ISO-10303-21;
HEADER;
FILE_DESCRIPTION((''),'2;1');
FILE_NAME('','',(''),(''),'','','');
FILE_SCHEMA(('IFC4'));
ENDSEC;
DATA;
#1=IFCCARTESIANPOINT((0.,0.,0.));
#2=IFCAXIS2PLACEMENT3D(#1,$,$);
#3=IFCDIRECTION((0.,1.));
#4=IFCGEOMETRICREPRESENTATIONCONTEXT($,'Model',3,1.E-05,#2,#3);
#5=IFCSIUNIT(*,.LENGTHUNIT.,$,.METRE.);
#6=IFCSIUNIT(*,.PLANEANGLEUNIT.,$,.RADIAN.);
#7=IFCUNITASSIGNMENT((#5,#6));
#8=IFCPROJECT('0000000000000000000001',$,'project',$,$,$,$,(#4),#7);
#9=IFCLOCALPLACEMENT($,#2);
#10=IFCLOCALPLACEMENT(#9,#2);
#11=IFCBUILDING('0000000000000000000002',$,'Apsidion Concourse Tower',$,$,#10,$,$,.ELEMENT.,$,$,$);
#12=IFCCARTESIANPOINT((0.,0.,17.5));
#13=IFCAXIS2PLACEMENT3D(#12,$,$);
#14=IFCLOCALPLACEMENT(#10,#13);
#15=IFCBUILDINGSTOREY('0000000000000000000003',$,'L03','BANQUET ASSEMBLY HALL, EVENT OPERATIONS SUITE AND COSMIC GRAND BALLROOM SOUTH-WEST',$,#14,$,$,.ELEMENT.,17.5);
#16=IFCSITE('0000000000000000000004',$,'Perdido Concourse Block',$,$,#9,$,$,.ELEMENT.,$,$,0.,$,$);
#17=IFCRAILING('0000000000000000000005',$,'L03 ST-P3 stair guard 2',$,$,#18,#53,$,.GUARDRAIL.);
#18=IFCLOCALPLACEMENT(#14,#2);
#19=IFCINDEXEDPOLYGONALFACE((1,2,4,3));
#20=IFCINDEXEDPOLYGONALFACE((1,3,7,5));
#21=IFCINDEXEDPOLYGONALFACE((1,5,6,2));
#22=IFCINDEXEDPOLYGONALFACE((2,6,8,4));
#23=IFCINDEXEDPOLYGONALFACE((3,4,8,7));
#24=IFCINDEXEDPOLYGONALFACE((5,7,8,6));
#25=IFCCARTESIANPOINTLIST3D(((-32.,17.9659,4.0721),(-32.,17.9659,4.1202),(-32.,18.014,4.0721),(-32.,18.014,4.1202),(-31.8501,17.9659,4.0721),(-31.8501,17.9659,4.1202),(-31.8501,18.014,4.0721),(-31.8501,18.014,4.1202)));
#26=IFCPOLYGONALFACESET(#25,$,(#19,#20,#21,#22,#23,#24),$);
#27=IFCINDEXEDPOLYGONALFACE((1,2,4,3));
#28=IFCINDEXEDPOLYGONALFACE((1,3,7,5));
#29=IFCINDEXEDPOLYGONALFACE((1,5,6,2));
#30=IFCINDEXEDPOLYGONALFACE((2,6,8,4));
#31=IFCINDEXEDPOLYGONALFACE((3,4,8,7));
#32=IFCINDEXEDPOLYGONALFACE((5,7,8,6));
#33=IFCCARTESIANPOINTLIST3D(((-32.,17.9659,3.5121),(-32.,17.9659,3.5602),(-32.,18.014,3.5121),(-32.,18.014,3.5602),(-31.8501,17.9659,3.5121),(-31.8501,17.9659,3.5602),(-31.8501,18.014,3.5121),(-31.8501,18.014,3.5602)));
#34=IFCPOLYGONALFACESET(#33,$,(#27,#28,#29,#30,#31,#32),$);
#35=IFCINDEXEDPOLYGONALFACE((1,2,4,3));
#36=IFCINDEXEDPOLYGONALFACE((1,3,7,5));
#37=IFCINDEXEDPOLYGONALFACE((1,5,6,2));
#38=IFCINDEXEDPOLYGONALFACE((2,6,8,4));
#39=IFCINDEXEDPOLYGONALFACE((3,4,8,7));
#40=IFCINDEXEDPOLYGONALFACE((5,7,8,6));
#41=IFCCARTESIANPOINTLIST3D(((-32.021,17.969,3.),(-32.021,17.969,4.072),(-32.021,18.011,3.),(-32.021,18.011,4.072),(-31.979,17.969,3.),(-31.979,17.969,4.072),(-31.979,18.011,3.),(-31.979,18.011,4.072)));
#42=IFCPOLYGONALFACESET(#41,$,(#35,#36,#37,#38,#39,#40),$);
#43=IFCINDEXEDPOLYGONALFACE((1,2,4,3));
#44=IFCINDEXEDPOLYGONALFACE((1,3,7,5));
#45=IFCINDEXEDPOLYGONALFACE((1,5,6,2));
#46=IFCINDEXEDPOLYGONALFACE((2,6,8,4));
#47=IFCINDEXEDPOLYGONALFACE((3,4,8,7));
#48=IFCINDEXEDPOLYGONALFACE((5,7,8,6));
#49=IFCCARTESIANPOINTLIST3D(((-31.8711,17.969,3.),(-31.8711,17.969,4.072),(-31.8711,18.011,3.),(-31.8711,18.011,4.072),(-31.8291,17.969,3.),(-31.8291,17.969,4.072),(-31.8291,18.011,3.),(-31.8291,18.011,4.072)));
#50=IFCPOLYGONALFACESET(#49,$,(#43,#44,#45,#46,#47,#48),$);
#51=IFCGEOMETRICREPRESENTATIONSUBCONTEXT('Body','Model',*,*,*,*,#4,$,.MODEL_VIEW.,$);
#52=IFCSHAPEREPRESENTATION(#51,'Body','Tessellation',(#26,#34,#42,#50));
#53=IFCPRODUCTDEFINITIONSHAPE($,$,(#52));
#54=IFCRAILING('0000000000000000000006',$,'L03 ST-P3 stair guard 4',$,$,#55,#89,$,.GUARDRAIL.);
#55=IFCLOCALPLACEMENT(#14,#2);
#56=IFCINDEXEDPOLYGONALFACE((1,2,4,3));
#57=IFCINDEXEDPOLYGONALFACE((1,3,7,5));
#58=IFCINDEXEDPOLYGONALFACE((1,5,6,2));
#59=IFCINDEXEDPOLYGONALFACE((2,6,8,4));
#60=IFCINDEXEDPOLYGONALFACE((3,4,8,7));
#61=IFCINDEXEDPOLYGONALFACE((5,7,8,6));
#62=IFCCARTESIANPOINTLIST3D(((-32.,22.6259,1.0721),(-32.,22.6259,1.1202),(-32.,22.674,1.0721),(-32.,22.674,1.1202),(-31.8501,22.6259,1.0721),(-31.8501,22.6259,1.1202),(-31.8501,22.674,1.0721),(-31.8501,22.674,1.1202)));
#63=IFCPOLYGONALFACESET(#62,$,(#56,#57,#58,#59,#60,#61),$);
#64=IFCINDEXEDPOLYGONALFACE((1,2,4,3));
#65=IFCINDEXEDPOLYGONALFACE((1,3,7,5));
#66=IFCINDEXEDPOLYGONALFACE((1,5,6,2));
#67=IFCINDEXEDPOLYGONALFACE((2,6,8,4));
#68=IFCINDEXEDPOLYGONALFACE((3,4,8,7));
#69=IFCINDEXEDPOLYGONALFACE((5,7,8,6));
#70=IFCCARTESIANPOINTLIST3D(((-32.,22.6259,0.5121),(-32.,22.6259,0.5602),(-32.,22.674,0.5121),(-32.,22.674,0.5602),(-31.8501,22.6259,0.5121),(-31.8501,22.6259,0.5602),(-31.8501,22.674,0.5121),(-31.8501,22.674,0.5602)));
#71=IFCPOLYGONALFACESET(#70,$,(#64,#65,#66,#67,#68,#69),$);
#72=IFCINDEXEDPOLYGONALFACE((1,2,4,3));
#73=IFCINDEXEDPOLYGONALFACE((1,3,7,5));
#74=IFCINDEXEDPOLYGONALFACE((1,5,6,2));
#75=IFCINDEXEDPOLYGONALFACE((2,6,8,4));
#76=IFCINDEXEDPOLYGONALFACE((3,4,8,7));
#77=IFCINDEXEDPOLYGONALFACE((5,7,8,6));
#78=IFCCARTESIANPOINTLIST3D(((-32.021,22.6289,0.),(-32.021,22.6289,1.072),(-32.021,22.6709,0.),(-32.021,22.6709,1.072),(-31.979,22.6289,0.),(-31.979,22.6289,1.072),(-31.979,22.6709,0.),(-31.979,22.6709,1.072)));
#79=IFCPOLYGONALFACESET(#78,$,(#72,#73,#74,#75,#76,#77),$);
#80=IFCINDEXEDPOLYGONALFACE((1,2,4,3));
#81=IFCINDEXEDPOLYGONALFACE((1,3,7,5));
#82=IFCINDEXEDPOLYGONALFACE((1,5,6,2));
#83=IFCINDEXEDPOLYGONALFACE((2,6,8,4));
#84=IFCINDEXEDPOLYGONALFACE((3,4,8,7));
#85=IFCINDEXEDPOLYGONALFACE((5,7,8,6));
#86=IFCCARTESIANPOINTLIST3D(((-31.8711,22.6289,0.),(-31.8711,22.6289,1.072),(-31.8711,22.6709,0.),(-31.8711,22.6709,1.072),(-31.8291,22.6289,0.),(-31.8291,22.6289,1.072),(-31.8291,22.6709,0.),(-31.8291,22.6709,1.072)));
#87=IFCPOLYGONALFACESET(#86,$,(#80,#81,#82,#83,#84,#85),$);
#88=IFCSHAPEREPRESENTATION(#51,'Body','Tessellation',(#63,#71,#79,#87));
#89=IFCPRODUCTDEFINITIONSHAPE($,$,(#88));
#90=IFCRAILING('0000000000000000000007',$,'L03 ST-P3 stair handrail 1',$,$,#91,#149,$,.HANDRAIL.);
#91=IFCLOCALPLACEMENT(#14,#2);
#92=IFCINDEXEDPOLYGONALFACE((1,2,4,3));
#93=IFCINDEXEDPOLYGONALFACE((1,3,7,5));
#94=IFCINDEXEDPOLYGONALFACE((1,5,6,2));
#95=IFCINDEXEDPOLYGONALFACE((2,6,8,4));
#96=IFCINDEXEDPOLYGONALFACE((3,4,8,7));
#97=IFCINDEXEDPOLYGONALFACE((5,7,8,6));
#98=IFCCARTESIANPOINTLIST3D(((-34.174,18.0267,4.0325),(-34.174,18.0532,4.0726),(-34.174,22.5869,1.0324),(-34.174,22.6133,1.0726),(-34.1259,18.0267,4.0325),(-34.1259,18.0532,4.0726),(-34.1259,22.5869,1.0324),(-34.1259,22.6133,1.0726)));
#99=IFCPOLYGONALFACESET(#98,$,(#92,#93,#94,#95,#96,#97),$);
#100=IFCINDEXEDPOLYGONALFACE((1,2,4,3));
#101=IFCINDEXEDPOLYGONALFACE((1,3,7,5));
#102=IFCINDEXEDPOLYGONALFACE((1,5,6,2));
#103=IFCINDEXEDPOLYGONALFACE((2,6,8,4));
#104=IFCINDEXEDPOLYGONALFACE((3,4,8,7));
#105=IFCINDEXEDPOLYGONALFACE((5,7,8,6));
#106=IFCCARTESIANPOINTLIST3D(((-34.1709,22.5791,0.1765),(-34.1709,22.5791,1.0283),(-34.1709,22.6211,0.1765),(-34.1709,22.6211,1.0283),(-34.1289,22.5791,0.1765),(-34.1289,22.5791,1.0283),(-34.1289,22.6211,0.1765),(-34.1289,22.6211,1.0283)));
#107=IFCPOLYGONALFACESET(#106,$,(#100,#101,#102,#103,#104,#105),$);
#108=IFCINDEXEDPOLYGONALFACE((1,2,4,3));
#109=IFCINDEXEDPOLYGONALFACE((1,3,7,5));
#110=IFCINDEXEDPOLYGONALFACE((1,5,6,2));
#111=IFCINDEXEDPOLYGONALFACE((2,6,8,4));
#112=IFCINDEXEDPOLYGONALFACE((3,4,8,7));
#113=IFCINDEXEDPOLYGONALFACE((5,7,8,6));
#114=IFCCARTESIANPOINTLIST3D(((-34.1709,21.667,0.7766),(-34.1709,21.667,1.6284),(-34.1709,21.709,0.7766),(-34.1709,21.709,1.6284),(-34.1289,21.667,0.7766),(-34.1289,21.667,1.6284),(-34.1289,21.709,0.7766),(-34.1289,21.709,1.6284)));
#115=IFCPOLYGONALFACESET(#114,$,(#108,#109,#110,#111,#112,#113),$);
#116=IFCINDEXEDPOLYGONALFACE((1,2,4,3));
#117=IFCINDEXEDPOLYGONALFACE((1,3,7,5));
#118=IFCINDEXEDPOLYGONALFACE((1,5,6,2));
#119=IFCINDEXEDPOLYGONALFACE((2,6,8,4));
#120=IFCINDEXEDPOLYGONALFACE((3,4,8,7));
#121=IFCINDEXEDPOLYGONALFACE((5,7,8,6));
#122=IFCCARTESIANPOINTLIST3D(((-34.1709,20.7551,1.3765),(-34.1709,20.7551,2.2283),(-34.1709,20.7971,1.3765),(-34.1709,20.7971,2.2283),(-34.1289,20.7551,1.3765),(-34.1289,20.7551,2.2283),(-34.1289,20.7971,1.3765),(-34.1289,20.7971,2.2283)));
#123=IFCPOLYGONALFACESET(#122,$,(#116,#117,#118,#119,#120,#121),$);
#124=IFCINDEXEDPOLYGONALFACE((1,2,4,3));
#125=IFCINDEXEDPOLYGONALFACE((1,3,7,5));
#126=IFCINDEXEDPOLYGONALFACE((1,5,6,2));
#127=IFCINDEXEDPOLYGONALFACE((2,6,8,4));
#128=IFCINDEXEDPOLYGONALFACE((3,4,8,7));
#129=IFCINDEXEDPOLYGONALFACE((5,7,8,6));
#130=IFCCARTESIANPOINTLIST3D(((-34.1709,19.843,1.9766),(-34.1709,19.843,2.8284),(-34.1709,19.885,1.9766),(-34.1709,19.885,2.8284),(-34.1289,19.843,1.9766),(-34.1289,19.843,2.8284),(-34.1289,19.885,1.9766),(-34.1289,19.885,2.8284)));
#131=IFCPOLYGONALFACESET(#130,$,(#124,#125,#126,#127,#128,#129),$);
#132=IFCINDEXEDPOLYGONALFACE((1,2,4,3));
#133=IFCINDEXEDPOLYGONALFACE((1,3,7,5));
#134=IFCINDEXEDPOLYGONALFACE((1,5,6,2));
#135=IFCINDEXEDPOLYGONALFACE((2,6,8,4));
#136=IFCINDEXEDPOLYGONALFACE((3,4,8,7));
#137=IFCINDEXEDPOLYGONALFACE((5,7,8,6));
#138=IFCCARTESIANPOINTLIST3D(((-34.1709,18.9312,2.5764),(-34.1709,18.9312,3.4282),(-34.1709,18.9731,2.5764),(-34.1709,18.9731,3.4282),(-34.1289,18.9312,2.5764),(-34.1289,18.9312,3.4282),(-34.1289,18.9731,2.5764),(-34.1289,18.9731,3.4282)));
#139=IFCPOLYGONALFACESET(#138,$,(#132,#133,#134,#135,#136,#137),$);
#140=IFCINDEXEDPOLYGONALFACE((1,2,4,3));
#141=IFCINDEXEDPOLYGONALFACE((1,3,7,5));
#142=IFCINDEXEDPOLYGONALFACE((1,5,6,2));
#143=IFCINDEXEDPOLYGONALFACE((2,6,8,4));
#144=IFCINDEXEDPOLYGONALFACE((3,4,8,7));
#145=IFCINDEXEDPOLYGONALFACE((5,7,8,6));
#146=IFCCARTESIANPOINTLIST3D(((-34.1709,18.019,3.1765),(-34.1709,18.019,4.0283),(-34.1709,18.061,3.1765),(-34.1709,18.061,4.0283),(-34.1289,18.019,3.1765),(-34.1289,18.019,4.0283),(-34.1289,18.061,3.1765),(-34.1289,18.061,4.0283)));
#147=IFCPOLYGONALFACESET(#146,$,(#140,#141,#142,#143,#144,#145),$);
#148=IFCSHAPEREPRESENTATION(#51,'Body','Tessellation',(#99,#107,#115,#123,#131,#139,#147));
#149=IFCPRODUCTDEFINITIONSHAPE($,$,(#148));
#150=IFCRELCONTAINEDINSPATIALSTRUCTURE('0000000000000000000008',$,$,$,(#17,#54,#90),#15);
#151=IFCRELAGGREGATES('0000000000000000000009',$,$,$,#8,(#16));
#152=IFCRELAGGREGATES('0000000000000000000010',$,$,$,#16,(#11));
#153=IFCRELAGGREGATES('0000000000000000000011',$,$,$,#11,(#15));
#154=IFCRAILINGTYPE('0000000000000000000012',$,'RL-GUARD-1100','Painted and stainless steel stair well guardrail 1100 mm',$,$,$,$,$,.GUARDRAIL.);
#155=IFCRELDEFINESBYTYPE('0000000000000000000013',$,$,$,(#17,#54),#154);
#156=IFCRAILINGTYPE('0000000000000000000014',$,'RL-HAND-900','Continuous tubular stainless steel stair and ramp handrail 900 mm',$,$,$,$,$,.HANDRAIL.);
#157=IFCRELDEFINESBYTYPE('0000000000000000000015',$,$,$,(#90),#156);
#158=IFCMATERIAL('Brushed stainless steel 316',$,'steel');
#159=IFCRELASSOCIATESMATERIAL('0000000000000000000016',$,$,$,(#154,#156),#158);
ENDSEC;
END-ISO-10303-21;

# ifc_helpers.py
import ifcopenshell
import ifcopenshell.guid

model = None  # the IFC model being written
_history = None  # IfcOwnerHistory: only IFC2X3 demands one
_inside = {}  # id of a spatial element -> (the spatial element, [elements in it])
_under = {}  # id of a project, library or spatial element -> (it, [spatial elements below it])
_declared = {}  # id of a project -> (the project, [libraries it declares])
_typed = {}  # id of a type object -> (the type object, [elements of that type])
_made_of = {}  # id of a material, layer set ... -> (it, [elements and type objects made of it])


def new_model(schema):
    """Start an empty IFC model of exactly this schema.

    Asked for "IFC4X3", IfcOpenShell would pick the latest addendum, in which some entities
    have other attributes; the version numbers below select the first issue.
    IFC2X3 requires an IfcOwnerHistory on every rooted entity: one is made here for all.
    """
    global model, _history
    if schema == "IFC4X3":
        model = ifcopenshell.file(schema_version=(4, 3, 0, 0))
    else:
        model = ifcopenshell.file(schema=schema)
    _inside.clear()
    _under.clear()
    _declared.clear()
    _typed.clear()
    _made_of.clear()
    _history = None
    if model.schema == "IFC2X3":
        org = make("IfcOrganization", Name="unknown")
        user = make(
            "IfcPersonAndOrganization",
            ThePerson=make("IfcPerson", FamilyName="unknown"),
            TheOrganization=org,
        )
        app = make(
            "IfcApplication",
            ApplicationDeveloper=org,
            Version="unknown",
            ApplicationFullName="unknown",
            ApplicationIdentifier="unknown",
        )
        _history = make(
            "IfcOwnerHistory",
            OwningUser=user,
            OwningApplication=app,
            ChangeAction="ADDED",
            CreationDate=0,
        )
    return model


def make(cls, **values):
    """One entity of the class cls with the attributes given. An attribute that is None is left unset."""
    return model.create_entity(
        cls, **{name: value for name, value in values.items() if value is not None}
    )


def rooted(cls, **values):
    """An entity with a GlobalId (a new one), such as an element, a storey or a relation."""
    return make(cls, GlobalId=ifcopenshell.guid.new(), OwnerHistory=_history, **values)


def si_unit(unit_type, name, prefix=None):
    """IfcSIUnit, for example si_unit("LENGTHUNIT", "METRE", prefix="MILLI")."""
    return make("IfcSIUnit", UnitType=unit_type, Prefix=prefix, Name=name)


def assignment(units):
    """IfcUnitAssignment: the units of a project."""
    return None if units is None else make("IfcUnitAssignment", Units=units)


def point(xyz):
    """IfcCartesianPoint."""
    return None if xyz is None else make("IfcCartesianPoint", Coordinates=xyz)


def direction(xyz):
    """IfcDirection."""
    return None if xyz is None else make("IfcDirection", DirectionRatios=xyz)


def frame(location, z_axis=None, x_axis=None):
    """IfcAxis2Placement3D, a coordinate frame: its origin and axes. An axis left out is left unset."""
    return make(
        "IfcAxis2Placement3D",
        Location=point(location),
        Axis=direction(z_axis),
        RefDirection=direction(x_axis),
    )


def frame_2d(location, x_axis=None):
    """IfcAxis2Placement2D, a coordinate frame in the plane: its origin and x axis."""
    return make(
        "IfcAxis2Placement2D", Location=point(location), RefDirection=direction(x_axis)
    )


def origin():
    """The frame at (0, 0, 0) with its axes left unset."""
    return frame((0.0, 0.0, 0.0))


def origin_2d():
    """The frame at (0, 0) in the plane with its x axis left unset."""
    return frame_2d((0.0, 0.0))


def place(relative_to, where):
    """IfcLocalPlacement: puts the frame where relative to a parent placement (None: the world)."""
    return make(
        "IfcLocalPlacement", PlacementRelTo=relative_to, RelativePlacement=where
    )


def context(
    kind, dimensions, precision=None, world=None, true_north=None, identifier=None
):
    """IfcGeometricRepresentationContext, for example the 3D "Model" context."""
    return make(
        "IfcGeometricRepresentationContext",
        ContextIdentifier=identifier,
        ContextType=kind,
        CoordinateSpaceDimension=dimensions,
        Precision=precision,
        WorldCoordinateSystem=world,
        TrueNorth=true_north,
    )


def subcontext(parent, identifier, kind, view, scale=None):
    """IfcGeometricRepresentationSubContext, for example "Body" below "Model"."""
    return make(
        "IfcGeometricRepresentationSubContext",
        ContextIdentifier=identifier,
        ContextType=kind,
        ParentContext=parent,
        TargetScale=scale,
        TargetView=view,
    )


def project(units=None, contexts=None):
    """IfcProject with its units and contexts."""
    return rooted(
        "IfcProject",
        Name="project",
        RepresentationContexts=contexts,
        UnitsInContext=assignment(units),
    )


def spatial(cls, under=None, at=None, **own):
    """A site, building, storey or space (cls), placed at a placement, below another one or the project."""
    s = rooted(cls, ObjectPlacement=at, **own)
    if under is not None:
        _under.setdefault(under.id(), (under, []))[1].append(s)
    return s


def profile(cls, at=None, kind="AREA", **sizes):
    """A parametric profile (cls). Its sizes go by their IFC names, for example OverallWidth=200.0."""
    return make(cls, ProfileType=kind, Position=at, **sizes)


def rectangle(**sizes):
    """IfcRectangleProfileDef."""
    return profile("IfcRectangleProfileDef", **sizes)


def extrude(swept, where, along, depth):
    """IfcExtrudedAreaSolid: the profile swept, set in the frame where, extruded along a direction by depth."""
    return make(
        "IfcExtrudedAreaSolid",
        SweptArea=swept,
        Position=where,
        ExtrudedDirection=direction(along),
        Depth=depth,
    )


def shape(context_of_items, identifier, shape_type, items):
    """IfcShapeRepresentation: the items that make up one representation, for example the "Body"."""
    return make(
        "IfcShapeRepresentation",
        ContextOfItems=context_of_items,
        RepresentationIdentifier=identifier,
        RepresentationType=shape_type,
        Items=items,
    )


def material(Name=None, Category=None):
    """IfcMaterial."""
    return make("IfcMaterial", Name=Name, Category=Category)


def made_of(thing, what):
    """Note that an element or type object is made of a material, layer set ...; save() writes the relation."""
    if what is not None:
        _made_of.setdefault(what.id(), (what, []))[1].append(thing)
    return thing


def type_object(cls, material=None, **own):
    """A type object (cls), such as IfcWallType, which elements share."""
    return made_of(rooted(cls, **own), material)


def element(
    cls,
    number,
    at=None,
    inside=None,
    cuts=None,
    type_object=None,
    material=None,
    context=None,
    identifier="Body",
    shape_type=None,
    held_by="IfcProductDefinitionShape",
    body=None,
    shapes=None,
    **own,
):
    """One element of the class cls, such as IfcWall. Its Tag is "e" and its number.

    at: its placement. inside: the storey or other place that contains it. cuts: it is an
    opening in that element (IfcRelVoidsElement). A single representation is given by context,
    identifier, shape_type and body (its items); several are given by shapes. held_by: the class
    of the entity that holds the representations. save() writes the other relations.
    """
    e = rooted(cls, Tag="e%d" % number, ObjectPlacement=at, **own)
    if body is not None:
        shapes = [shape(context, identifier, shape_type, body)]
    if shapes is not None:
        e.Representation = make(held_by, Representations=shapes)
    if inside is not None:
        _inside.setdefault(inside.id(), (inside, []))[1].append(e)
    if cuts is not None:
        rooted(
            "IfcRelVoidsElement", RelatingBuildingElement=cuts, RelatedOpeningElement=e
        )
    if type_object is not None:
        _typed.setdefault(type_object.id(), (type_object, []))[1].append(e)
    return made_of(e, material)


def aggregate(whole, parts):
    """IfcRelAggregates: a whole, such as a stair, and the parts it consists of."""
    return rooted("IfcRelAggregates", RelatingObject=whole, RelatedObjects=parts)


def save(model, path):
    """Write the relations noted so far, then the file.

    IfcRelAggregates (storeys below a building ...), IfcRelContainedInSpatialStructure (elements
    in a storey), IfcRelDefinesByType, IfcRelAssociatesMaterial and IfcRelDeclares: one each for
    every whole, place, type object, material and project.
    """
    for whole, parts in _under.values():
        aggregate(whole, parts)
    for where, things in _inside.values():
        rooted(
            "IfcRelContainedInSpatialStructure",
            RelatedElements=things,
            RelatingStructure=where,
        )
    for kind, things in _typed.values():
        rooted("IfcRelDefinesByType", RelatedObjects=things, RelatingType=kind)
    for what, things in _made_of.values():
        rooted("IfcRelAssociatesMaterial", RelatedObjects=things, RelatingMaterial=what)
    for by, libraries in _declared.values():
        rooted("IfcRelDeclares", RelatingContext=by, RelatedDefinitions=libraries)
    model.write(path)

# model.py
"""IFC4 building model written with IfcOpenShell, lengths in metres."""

from ifc_helpers import new_model, si_unit, direction, frame, origin, origin_2d, place, context, subcontext, project, spatial, rectangle, extrude, material, type_object, element, save


model = new_model("IFC4")

# Units and contexts
model_context = context("Model", 3, precision=1e-05, world=origin(), true_north=direction((0.0, 1.0)))
body_context = subcontext(model_context, "Body", "Model", "MODEL_VIEW")
ifc_project = project(units=[si_unit("LENGTHUNIT", "METRE"), si_unit("PLANEANGLEUNIT", "RADIAN")], contexts=[model_context])

# Site, building, storey
site_placement = place(None, origin())
site = spatial("IfcSite", under=ifc_project, at=site_placement, Name="Perdido Concourse Block", CompositionType="ELEMENT", RefElevation=0.0)
building_placement = place(site_placement, origin())
building = spatial("IfcBuilding", under=site, at=building_placement, Name="Apsidion Concourse Tower", CompositionType="ELEMENT")
storey_placement = place(building_placement, frame((0.0, 0.0, 17.5)))
storey = spatial("IfcBuildingStorey", under=building, at=storey_placement, Name="L03", Description="BANQUET ASSEMBLY HALL, EVENT OPERATIONS SUITE AND COSMIC GRAND BALLROOM SOUTH-WEST", CompositionType="ELEMENT", Elevation=17.5)

# Railings
ifc_material_1 = material(Name="Brushed stainless steel 316", Category="steel")
railing_type_1 = type_object("IfcRailingType", Name="RL-GUARD-1100", Description="Painted and stainless steel stair well guardrail 1100 mm", PredefinedType="GUARDRAIL", material=ifc_material_1)
for number, where, name in (
    (1, (-32.0, 17.99, 3.0), "L03 ST-P3 stair guard 2"),
    (2, (-32.0, 22.6499, 0.0), "L03 ST-P3 stair guard 4"),
):
    element("IfcRailing", number, at=place(storey_placement, frame(where)), inside=storey, type_object=railing_type_1, Name=name, PredefinedType="GUARDRAIL", context=body_context, shape_type="SweptSolid", body=[
        extrude(rectangle(XDim=0.0481, YDim=0.0481, at=origin_2d()), frame((0.0, 0.0, 1.0962), z_axis=(1.0, 0.0, 0.0), x_axis=(0.0, 1.0, 0.0)), (0.0, 0.0, 1.0), 0.1499),
        extrude(rectangle(XDim=0.0481, YDim=0.0481, at=origin_2d()), frame((0.0, 0.0, 0.5361), z_axis=(1.0, 0.0, 0.0), x_axis=(0.0, 1.0, 0.0)), (0.0, 0.0, 1.0), 0.1499),
        extrude(rectangle(XDim=0.042, YDim=0.042, at=origin_2d()), origin(), (0.0, 0.0, 1.0), 1.072),
        extrude(rectangle(XDim=0.042, YDim=0.042, at=origin_2d()), frame((0.1499, 0.0, 0.0)), (0.0, 0.0, 1.0), 1.072),
    ])
railing_type_2 = type_object("IfcRailingType", Name="RL-HAND-900", Description="Continuous tubular stainless steel stair and ramp handrail 900 mm", PredefinedType="HANDRAIL", material=ifc_material_1)
railing_1_placement = place(storey_placement, frame((-34.1499, 22.6001, 0.1765)))
element("IfcRailing", 3, at=railing_1_placement, inside=storey, type_object=railing_type_2, Name="L03 ST-P3 stair handrail 1", PredefinedType="HANDRAIL", context=body_context, shape_type="SweptSolid", body=[
    extrude(rectangle(XDim=0.0481, YDim=0.0481, at=origin_2d()), frame((0.0, 0.0, 0.876), z_axis=(0.0, -0.83542, 0.549612), x_axis=(1.0, 0.0, 0.0)), (0.0, 0.0, 1.0), 5.4585),
    extrude(rectangle(XDim=0.042, YDim=0.042, at=origin_2d()), origin(), (0.0, 0.0, 1.0), 0.8518),
    extrude(rectangle(XDim=0.042, YDim=0.042, at=origin_2d()), frame((0.0, -0.9121, 0.6001)), (0.0, 0.0, 1.0), 0.8518),
    extrude(rectangle(XDim=0.042, YDim=0.042, at=origin_2d()), frame((0.0, -1.824, 1.2)), (0.0, 0.0, 1.0), 0.8518),
    extrude(rectangle(XDim=0.042, YDim=0.042, at=origin_2d()), frame((0.0, -2.7361, 1.8)), (0.0, 0.0, 1.0), 0.8518),
    extrude(rectangle(XDim=0.042, YDim=0.042, at=origin_2d()), frame((0.0, -3.6479, 2.3999)), (0.0, 0.0, 1.0), 0.8518),
    extrude(rectangle(XDim=0.042, YDim=0.042, at=origin_2d()), frame((0.0, -4.5601, 3.0)), (0.0, 0.0, 1.0), 0.8518),
])

save(model, "model.ifc")
